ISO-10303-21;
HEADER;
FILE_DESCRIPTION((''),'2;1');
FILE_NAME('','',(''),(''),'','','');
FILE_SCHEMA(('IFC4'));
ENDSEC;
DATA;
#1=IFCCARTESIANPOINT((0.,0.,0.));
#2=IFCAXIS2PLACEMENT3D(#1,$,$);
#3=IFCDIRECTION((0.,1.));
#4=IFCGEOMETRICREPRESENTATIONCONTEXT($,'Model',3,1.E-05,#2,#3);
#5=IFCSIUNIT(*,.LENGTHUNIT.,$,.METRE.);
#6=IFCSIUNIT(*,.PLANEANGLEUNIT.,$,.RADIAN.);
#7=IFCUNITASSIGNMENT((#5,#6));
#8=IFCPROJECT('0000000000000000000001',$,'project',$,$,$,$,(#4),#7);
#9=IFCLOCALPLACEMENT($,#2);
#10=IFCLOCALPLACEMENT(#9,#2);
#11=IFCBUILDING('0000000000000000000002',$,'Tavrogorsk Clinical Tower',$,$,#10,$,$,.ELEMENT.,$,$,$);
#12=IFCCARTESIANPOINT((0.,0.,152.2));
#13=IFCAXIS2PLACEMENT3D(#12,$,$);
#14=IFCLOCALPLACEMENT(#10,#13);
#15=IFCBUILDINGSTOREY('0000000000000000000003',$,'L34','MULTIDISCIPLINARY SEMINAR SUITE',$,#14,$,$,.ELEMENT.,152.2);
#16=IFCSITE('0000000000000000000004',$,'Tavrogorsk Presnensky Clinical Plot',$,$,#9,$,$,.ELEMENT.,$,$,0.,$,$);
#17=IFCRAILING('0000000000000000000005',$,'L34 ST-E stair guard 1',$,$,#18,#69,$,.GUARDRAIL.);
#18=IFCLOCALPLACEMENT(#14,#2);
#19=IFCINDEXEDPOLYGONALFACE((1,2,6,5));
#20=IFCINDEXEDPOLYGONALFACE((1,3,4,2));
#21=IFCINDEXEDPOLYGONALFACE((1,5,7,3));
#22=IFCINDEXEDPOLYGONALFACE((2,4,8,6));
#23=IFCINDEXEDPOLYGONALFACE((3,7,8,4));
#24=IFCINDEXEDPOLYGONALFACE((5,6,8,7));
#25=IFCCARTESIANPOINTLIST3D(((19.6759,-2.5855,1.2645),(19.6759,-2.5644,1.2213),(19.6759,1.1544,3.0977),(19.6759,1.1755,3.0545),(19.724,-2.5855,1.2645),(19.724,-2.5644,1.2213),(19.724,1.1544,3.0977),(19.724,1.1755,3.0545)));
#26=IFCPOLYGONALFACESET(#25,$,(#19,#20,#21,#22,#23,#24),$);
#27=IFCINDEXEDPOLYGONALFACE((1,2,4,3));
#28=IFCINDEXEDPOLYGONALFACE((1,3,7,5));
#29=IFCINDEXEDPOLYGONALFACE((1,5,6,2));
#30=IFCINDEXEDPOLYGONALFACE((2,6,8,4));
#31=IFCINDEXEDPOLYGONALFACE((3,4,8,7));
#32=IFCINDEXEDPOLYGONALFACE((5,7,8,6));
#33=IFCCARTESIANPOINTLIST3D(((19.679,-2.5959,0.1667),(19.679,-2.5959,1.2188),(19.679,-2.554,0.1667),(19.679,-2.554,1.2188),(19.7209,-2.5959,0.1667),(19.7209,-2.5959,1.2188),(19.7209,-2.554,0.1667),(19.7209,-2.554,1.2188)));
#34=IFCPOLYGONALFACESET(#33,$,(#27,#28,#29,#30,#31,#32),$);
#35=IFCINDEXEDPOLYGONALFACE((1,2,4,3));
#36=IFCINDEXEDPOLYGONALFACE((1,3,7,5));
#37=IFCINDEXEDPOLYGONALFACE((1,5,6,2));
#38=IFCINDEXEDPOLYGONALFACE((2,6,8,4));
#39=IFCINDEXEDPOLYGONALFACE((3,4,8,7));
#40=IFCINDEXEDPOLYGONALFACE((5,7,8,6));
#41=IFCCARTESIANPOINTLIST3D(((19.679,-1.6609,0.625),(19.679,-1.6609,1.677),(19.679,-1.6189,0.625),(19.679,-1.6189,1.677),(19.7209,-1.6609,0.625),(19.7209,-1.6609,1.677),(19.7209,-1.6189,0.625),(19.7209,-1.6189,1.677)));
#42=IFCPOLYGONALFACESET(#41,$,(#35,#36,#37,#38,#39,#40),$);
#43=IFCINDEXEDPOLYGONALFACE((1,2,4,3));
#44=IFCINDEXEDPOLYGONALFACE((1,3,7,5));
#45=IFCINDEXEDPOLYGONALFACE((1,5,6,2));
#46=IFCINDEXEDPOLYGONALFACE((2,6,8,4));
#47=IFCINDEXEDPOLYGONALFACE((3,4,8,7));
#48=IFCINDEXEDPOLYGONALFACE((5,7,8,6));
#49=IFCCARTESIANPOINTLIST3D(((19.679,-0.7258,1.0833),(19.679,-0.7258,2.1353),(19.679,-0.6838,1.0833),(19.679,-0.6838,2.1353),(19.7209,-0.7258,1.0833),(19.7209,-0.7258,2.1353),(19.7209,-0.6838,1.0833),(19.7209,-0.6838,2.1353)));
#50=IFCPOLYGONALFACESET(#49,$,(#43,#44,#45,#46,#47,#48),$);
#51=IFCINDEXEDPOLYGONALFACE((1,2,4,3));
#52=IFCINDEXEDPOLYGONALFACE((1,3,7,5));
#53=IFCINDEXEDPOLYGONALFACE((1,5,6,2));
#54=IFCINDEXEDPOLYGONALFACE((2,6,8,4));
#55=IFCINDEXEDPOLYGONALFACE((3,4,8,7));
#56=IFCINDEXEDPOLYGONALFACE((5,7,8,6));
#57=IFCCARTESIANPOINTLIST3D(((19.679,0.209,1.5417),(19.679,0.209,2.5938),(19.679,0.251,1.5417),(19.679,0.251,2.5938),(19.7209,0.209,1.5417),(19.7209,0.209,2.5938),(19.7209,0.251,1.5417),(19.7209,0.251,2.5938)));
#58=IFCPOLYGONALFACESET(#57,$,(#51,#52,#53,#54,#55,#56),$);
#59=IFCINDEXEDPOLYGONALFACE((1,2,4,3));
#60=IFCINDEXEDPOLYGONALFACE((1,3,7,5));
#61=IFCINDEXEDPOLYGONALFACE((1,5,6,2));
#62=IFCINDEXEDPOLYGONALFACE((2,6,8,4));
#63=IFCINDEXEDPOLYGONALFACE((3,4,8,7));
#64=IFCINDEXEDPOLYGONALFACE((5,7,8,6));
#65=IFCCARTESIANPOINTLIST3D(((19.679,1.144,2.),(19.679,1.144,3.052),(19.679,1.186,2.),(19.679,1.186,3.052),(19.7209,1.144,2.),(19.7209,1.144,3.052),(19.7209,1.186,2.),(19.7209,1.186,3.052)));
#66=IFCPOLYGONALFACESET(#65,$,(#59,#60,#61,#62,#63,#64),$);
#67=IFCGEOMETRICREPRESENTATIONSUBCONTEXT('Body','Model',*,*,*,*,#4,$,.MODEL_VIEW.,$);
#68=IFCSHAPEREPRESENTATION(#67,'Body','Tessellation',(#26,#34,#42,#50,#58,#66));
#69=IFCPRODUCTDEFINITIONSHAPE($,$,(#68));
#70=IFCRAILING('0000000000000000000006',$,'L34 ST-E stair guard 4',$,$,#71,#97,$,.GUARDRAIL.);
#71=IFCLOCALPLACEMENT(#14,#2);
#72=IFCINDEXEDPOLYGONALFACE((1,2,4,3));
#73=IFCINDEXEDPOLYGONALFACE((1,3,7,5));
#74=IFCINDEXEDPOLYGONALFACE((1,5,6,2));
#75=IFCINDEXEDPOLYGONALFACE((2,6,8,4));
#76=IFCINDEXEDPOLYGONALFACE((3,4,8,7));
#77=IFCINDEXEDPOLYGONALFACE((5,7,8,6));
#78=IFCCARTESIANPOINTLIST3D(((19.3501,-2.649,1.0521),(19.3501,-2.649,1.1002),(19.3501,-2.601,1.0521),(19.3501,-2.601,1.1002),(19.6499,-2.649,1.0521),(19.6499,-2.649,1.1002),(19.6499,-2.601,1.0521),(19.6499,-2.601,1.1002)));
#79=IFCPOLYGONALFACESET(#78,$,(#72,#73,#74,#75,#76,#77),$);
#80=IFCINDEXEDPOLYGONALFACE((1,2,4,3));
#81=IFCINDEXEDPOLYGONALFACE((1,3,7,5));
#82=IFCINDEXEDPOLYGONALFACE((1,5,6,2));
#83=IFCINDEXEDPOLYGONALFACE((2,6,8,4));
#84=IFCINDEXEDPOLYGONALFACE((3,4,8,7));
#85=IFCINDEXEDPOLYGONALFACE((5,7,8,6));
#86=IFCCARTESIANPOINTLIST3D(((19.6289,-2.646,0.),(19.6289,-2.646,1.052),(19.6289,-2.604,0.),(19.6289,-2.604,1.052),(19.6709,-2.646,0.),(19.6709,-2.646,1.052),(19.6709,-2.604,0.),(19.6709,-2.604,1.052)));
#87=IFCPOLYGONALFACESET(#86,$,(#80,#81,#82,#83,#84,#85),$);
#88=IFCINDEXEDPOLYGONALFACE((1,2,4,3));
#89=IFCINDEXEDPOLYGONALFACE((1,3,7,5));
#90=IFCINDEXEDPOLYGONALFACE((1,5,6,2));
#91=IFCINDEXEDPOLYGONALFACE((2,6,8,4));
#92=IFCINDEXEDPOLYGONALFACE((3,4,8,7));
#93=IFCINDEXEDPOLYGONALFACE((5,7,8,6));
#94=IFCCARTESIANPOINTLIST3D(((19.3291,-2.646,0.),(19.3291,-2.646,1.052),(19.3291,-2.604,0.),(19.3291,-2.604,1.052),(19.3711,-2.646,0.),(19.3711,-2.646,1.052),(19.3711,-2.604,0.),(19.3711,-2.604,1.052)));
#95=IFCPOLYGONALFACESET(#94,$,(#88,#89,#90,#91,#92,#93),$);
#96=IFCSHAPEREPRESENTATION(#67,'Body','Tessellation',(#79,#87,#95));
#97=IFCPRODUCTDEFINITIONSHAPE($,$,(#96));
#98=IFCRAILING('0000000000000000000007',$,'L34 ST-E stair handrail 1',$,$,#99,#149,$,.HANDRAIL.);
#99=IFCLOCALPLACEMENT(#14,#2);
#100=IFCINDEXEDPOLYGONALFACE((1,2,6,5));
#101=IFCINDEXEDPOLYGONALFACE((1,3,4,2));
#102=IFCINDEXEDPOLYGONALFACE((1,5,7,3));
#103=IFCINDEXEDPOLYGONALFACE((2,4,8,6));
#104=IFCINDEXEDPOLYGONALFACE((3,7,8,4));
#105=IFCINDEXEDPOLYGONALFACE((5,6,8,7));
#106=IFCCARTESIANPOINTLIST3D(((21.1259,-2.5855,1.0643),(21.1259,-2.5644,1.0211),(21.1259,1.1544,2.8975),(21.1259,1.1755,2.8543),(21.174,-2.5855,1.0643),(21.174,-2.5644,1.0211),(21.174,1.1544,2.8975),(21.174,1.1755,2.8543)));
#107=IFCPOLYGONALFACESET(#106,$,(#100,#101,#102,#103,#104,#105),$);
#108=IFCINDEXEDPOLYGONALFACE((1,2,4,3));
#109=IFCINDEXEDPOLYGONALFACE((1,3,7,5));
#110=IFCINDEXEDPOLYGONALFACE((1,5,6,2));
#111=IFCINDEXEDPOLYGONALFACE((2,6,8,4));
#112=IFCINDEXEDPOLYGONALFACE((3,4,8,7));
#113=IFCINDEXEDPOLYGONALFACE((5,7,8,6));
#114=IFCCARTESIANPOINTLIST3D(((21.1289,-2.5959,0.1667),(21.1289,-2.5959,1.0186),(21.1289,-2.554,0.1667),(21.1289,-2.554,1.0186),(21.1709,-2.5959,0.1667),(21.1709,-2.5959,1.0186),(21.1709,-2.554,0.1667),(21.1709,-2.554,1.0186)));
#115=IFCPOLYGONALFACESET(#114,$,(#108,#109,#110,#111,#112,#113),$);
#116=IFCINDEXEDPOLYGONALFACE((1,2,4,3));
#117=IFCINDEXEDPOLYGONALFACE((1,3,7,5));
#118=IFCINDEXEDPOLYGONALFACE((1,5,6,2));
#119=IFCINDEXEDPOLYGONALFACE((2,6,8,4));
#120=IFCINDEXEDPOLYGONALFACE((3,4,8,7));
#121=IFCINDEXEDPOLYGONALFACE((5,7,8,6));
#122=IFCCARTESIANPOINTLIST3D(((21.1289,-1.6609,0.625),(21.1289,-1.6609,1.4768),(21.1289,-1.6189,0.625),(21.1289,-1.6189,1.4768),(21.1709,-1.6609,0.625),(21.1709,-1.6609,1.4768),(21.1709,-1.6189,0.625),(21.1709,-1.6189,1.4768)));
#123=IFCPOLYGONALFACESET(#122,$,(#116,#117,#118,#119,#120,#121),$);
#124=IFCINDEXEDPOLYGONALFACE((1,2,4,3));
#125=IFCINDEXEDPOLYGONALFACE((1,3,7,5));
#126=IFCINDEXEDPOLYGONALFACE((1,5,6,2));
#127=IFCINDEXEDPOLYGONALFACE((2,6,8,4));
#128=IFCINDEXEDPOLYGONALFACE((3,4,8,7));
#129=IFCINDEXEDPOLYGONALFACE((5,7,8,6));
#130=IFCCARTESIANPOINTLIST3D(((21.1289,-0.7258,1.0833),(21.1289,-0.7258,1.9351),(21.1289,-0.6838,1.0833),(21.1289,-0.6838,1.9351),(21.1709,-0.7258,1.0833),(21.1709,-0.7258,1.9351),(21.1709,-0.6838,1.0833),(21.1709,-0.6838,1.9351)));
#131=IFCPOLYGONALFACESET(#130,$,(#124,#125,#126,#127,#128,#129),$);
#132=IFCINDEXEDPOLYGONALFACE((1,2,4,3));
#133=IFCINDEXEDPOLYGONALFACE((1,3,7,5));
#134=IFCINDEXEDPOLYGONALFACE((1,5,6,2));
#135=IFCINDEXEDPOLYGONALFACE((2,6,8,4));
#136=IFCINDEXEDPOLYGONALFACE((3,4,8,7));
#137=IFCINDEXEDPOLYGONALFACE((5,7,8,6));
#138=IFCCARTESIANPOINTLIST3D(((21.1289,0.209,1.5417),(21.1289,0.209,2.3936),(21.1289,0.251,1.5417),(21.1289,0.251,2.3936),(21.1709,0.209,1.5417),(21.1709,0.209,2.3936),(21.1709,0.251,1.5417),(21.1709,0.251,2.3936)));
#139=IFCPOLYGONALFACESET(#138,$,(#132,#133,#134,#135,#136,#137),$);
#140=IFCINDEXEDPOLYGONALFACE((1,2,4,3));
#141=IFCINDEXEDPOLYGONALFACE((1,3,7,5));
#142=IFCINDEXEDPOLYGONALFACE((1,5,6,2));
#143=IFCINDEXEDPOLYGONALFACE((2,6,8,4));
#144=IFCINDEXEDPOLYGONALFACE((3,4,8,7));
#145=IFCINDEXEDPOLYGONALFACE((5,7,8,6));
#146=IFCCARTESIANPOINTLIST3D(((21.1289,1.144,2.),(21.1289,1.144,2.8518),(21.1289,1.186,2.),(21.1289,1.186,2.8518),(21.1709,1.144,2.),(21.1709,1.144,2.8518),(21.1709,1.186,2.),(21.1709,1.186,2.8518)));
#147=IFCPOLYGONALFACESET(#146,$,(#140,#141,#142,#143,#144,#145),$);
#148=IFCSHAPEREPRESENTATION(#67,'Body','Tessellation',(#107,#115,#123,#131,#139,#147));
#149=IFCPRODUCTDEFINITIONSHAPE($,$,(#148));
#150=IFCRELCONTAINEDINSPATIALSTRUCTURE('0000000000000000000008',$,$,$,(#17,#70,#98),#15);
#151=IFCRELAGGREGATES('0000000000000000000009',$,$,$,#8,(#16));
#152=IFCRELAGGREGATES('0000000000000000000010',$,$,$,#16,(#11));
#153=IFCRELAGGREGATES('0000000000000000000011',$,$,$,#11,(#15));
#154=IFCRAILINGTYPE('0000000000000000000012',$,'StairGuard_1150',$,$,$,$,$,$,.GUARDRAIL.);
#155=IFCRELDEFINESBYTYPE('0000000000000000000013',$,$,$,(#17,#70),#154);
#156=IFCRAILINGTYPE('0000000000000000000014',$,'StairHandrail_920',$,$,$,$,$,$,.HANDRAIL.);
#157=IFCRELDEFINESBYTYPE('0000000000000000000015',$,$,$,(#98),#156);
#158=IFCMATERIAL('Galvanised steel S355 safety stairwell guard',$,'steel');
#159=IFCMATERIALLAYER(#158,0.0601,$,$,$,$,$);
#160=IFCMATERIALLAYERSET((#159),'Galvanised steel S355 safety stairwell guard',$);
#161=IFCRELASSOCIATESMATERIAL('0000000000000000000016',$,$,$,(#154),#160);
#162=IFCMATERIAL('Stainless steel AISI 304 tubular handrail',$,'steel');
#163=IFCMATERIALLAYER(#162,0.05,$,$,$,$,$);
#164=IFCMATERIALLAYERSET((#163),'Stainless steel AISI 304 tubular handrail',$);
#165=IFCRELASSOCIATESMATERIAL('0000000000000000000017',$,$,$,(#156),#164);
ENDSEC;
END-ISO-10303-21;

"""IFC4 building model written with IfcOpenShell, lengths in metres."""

from ifc_helpers import new_model, si_unit, direction, frame, origin, origin_2d, place, context, subcontext, project, spatial, rectangle, extrude, material, layer, layer_set, type_object, element, save


model = new_model("IFC4")

# Units and contexts
model_context = context("Model", 3, precision=1e-05, world=origin(), true_north=direction((0.0, 1.0)))
body_context = subcontext(model_context, "Body", "Model", "MODEL_VIEW")
ifc_project = project(units=[si_unit("LENGTHUNIT", "METRE"), si_unit("PLANEANGLEUNIT", "RADIAN")], contexts=[model_context])

# Site, building, storey
site_placement = place(None, origin())
site = spatial("IfcSite", under=ifc_project, at=site_placement, Name="Tavrogorsk Presnensky Clinical Plot", CompositionType="ELEMENT", RefElevation=0.0)
building_placement = place(site_placement, origin())
building = spatial("IfcBuilding", under=site, at=building_placement, Name="Tavrogorsk Clinical Tower", CompositionType="ELEMENT")
storey_placement = place(building_placement, frame((0.0, 0.0, 152.2)))
storey = spatial("IfcBuildingStorey", under=building, at=storey_placement, Name="L34", Description="MULTIDISCIPLINARY SEMINAR SUITE", CompositionType="ELEMENT", Elevation=152.2)

# Railings
ifc_material_1 = material(Name="Galvanised steel S355 safety stairwell guard", Category="steel")
ifc_layer_1 = layer(ifc_material_1, 0.0601)
ifc_layer_set_1 = layer_set([ifc_layer_1], Name="Galvanised steel S355 safety stairwell guard")
railing_type_1 = type_object("IfcRailingType", Name="StairGuard_1150", PredefinedType="GUARDRAIL", material=ifc_layer_set_1)
railing_1_placement = place(storey_placement, frame((19.7, -2.575, 0.1667)))
element("IfcRailing", 1, at=railing_1_placement, inside=storey, type_object=railing_type_1, Name="L34 ST-E stair guard 1", PredefinedType="GUARDRAIL", context=body_context, shape_type="SweptSolid", body=[
    extrude(rectangle(XDim=0.0481, YDim=0.0481, at=origin_2d()), frame((0.0, 0.0, 1.0762), z_axis=(0.0, 0.897928, 0.440142), x_axis=(-1.0, 0.0, 0.0)), (0.0, 0.0, 1.0), 4.165),
    extrude(rectangle(XDim=0.042, YDim=0.042, at=origin_2d()), origin(), (0.0, 0.0, 1.0), 1.052),
    extrude(rectangle(XDim=0.042, YDim=0.042, at=origin_2d()), frame((0.0, 0.9351, 0.4583)), (0.0, 0.0, 1.0), 1.052),
    extrude(rectangle(XDim=0.042, YDim=0.042, at=origin_2d()), frame((0.0, 1.8701, 0.9165)), (0.0, 0.0, 1.0), 1.052),
    extrude(rectangle(XDim=0.042, YDim=0.042, at=origin_2d()), frame((0.0, 2.8049, 1.375)), (0.0, 0.0, 1.0), 1.052),
    extrude(rectangle(XDim=0.042, YDim=0.042, at=origin_2d()), frame((0.0, 3.74, 1.8333)), (0.0, 0.0, 1.0), 1.052),
])
railing_2_placement = place(storey_placement, frame((19.6499, -2.625, 0.0)))
element("IfcRailing", 2, at=railing_2_placement, inside=storey, type_object=railing_type_1, Name="L34 ST-E stair guard 4", PredefinedType="GUARDRAIL", context=body_context, shape_type="SweptSolid", body=[
    extrude(rectangle(XDim=0.0481, YDim=0.0481, at=origin_2d()), frame((0.0, 0.0, 1.0762), z_axis=(-1.0, 0.0, 0.0), x_axis=(0.0, -1.0, 0.0)), (0.0, 0.0, 1.0), 0.2998),
    extrude(rectangle(XDim=0.042, YDim=0.042, at=origin_2d()), origin(), (0.0, 0.0, 1.0), 1.052),
    extrude(rectangle(XDim=0.042, YDim=0.042, at=origin_2d()), frame((-0.2998, 0.0, 0.0)), (0.0, 0.0, 1.0), 1.052),
])
ifc_material_2 = material(Name="Stainless steel AISI 304 tubular handrail", Category="steel")
ifc_layer_2 = layer(ifc_material_2, 0.05)
ifc_layer_set_2 = layer_set([ifc_layer_2], Name="Stainless steel AISI 304 tubular handrail")
railing_type_2 = type_object("IfcRailingType", Name="StairHandrail_920", PredefinedType="HANDRAIL", material=ifc_layer_set_2)
railing_3_placement = place(storey_placement, frame((21.1499, -2.575, 0.1667)))
element("IfcRailing", 3, at=railing_3_placement, inside=storey, type_object=railing_type_2, Name="L34 ST-E stair handrail 1", PredefinedType="HANDRAIL", context=body_context, shape_type="SweptSolid", body=[
    extrude(rectangle(XDim=0.0481, YDim=0.0481, at=origin_2d()), frame((0.0, 0.0, 0.876), z_axis=(0.0, 0.897928, 0.440142), x_axis=(-1.0, 0.0, 0.0)), (0.0, 0.0, 1.0), 4.165),
    extrude(rectangle(XDim=0.042, YDim=0.042, at=origin_2d()), origin(), (0.0, 0.0, 1.0), 0.8518),
    extrude(rectangle(XDim=0.042, YDim=0.042, at=origin_2d()), frame((0.0, 0.9351, 0.4583)), (0.0, 0.0, 1.0), 0.8518),
    extrude(rectangle(XDim=0.042, YDim=0.042, at=origin_2d()), frame((0.0, 1.8701, 0.9165)), (0.0, 0.0, 1.0), 0.8518),
    extrude(rectangle(XDim=0.042, YDim=0.042, at=origin_2d()), frame((0.0, 2.8049, 1.375)), (0.0, 0.0, 1.0), 0.8518),
    extrude(rectangle(XDim=0.042, YDim=0.042, at=origin_2d()), frame((0.0, 3.74, 1.8333)), (0.0, 0.0, 1.0), 0.8518),
])

save(model, "model.ifc")
